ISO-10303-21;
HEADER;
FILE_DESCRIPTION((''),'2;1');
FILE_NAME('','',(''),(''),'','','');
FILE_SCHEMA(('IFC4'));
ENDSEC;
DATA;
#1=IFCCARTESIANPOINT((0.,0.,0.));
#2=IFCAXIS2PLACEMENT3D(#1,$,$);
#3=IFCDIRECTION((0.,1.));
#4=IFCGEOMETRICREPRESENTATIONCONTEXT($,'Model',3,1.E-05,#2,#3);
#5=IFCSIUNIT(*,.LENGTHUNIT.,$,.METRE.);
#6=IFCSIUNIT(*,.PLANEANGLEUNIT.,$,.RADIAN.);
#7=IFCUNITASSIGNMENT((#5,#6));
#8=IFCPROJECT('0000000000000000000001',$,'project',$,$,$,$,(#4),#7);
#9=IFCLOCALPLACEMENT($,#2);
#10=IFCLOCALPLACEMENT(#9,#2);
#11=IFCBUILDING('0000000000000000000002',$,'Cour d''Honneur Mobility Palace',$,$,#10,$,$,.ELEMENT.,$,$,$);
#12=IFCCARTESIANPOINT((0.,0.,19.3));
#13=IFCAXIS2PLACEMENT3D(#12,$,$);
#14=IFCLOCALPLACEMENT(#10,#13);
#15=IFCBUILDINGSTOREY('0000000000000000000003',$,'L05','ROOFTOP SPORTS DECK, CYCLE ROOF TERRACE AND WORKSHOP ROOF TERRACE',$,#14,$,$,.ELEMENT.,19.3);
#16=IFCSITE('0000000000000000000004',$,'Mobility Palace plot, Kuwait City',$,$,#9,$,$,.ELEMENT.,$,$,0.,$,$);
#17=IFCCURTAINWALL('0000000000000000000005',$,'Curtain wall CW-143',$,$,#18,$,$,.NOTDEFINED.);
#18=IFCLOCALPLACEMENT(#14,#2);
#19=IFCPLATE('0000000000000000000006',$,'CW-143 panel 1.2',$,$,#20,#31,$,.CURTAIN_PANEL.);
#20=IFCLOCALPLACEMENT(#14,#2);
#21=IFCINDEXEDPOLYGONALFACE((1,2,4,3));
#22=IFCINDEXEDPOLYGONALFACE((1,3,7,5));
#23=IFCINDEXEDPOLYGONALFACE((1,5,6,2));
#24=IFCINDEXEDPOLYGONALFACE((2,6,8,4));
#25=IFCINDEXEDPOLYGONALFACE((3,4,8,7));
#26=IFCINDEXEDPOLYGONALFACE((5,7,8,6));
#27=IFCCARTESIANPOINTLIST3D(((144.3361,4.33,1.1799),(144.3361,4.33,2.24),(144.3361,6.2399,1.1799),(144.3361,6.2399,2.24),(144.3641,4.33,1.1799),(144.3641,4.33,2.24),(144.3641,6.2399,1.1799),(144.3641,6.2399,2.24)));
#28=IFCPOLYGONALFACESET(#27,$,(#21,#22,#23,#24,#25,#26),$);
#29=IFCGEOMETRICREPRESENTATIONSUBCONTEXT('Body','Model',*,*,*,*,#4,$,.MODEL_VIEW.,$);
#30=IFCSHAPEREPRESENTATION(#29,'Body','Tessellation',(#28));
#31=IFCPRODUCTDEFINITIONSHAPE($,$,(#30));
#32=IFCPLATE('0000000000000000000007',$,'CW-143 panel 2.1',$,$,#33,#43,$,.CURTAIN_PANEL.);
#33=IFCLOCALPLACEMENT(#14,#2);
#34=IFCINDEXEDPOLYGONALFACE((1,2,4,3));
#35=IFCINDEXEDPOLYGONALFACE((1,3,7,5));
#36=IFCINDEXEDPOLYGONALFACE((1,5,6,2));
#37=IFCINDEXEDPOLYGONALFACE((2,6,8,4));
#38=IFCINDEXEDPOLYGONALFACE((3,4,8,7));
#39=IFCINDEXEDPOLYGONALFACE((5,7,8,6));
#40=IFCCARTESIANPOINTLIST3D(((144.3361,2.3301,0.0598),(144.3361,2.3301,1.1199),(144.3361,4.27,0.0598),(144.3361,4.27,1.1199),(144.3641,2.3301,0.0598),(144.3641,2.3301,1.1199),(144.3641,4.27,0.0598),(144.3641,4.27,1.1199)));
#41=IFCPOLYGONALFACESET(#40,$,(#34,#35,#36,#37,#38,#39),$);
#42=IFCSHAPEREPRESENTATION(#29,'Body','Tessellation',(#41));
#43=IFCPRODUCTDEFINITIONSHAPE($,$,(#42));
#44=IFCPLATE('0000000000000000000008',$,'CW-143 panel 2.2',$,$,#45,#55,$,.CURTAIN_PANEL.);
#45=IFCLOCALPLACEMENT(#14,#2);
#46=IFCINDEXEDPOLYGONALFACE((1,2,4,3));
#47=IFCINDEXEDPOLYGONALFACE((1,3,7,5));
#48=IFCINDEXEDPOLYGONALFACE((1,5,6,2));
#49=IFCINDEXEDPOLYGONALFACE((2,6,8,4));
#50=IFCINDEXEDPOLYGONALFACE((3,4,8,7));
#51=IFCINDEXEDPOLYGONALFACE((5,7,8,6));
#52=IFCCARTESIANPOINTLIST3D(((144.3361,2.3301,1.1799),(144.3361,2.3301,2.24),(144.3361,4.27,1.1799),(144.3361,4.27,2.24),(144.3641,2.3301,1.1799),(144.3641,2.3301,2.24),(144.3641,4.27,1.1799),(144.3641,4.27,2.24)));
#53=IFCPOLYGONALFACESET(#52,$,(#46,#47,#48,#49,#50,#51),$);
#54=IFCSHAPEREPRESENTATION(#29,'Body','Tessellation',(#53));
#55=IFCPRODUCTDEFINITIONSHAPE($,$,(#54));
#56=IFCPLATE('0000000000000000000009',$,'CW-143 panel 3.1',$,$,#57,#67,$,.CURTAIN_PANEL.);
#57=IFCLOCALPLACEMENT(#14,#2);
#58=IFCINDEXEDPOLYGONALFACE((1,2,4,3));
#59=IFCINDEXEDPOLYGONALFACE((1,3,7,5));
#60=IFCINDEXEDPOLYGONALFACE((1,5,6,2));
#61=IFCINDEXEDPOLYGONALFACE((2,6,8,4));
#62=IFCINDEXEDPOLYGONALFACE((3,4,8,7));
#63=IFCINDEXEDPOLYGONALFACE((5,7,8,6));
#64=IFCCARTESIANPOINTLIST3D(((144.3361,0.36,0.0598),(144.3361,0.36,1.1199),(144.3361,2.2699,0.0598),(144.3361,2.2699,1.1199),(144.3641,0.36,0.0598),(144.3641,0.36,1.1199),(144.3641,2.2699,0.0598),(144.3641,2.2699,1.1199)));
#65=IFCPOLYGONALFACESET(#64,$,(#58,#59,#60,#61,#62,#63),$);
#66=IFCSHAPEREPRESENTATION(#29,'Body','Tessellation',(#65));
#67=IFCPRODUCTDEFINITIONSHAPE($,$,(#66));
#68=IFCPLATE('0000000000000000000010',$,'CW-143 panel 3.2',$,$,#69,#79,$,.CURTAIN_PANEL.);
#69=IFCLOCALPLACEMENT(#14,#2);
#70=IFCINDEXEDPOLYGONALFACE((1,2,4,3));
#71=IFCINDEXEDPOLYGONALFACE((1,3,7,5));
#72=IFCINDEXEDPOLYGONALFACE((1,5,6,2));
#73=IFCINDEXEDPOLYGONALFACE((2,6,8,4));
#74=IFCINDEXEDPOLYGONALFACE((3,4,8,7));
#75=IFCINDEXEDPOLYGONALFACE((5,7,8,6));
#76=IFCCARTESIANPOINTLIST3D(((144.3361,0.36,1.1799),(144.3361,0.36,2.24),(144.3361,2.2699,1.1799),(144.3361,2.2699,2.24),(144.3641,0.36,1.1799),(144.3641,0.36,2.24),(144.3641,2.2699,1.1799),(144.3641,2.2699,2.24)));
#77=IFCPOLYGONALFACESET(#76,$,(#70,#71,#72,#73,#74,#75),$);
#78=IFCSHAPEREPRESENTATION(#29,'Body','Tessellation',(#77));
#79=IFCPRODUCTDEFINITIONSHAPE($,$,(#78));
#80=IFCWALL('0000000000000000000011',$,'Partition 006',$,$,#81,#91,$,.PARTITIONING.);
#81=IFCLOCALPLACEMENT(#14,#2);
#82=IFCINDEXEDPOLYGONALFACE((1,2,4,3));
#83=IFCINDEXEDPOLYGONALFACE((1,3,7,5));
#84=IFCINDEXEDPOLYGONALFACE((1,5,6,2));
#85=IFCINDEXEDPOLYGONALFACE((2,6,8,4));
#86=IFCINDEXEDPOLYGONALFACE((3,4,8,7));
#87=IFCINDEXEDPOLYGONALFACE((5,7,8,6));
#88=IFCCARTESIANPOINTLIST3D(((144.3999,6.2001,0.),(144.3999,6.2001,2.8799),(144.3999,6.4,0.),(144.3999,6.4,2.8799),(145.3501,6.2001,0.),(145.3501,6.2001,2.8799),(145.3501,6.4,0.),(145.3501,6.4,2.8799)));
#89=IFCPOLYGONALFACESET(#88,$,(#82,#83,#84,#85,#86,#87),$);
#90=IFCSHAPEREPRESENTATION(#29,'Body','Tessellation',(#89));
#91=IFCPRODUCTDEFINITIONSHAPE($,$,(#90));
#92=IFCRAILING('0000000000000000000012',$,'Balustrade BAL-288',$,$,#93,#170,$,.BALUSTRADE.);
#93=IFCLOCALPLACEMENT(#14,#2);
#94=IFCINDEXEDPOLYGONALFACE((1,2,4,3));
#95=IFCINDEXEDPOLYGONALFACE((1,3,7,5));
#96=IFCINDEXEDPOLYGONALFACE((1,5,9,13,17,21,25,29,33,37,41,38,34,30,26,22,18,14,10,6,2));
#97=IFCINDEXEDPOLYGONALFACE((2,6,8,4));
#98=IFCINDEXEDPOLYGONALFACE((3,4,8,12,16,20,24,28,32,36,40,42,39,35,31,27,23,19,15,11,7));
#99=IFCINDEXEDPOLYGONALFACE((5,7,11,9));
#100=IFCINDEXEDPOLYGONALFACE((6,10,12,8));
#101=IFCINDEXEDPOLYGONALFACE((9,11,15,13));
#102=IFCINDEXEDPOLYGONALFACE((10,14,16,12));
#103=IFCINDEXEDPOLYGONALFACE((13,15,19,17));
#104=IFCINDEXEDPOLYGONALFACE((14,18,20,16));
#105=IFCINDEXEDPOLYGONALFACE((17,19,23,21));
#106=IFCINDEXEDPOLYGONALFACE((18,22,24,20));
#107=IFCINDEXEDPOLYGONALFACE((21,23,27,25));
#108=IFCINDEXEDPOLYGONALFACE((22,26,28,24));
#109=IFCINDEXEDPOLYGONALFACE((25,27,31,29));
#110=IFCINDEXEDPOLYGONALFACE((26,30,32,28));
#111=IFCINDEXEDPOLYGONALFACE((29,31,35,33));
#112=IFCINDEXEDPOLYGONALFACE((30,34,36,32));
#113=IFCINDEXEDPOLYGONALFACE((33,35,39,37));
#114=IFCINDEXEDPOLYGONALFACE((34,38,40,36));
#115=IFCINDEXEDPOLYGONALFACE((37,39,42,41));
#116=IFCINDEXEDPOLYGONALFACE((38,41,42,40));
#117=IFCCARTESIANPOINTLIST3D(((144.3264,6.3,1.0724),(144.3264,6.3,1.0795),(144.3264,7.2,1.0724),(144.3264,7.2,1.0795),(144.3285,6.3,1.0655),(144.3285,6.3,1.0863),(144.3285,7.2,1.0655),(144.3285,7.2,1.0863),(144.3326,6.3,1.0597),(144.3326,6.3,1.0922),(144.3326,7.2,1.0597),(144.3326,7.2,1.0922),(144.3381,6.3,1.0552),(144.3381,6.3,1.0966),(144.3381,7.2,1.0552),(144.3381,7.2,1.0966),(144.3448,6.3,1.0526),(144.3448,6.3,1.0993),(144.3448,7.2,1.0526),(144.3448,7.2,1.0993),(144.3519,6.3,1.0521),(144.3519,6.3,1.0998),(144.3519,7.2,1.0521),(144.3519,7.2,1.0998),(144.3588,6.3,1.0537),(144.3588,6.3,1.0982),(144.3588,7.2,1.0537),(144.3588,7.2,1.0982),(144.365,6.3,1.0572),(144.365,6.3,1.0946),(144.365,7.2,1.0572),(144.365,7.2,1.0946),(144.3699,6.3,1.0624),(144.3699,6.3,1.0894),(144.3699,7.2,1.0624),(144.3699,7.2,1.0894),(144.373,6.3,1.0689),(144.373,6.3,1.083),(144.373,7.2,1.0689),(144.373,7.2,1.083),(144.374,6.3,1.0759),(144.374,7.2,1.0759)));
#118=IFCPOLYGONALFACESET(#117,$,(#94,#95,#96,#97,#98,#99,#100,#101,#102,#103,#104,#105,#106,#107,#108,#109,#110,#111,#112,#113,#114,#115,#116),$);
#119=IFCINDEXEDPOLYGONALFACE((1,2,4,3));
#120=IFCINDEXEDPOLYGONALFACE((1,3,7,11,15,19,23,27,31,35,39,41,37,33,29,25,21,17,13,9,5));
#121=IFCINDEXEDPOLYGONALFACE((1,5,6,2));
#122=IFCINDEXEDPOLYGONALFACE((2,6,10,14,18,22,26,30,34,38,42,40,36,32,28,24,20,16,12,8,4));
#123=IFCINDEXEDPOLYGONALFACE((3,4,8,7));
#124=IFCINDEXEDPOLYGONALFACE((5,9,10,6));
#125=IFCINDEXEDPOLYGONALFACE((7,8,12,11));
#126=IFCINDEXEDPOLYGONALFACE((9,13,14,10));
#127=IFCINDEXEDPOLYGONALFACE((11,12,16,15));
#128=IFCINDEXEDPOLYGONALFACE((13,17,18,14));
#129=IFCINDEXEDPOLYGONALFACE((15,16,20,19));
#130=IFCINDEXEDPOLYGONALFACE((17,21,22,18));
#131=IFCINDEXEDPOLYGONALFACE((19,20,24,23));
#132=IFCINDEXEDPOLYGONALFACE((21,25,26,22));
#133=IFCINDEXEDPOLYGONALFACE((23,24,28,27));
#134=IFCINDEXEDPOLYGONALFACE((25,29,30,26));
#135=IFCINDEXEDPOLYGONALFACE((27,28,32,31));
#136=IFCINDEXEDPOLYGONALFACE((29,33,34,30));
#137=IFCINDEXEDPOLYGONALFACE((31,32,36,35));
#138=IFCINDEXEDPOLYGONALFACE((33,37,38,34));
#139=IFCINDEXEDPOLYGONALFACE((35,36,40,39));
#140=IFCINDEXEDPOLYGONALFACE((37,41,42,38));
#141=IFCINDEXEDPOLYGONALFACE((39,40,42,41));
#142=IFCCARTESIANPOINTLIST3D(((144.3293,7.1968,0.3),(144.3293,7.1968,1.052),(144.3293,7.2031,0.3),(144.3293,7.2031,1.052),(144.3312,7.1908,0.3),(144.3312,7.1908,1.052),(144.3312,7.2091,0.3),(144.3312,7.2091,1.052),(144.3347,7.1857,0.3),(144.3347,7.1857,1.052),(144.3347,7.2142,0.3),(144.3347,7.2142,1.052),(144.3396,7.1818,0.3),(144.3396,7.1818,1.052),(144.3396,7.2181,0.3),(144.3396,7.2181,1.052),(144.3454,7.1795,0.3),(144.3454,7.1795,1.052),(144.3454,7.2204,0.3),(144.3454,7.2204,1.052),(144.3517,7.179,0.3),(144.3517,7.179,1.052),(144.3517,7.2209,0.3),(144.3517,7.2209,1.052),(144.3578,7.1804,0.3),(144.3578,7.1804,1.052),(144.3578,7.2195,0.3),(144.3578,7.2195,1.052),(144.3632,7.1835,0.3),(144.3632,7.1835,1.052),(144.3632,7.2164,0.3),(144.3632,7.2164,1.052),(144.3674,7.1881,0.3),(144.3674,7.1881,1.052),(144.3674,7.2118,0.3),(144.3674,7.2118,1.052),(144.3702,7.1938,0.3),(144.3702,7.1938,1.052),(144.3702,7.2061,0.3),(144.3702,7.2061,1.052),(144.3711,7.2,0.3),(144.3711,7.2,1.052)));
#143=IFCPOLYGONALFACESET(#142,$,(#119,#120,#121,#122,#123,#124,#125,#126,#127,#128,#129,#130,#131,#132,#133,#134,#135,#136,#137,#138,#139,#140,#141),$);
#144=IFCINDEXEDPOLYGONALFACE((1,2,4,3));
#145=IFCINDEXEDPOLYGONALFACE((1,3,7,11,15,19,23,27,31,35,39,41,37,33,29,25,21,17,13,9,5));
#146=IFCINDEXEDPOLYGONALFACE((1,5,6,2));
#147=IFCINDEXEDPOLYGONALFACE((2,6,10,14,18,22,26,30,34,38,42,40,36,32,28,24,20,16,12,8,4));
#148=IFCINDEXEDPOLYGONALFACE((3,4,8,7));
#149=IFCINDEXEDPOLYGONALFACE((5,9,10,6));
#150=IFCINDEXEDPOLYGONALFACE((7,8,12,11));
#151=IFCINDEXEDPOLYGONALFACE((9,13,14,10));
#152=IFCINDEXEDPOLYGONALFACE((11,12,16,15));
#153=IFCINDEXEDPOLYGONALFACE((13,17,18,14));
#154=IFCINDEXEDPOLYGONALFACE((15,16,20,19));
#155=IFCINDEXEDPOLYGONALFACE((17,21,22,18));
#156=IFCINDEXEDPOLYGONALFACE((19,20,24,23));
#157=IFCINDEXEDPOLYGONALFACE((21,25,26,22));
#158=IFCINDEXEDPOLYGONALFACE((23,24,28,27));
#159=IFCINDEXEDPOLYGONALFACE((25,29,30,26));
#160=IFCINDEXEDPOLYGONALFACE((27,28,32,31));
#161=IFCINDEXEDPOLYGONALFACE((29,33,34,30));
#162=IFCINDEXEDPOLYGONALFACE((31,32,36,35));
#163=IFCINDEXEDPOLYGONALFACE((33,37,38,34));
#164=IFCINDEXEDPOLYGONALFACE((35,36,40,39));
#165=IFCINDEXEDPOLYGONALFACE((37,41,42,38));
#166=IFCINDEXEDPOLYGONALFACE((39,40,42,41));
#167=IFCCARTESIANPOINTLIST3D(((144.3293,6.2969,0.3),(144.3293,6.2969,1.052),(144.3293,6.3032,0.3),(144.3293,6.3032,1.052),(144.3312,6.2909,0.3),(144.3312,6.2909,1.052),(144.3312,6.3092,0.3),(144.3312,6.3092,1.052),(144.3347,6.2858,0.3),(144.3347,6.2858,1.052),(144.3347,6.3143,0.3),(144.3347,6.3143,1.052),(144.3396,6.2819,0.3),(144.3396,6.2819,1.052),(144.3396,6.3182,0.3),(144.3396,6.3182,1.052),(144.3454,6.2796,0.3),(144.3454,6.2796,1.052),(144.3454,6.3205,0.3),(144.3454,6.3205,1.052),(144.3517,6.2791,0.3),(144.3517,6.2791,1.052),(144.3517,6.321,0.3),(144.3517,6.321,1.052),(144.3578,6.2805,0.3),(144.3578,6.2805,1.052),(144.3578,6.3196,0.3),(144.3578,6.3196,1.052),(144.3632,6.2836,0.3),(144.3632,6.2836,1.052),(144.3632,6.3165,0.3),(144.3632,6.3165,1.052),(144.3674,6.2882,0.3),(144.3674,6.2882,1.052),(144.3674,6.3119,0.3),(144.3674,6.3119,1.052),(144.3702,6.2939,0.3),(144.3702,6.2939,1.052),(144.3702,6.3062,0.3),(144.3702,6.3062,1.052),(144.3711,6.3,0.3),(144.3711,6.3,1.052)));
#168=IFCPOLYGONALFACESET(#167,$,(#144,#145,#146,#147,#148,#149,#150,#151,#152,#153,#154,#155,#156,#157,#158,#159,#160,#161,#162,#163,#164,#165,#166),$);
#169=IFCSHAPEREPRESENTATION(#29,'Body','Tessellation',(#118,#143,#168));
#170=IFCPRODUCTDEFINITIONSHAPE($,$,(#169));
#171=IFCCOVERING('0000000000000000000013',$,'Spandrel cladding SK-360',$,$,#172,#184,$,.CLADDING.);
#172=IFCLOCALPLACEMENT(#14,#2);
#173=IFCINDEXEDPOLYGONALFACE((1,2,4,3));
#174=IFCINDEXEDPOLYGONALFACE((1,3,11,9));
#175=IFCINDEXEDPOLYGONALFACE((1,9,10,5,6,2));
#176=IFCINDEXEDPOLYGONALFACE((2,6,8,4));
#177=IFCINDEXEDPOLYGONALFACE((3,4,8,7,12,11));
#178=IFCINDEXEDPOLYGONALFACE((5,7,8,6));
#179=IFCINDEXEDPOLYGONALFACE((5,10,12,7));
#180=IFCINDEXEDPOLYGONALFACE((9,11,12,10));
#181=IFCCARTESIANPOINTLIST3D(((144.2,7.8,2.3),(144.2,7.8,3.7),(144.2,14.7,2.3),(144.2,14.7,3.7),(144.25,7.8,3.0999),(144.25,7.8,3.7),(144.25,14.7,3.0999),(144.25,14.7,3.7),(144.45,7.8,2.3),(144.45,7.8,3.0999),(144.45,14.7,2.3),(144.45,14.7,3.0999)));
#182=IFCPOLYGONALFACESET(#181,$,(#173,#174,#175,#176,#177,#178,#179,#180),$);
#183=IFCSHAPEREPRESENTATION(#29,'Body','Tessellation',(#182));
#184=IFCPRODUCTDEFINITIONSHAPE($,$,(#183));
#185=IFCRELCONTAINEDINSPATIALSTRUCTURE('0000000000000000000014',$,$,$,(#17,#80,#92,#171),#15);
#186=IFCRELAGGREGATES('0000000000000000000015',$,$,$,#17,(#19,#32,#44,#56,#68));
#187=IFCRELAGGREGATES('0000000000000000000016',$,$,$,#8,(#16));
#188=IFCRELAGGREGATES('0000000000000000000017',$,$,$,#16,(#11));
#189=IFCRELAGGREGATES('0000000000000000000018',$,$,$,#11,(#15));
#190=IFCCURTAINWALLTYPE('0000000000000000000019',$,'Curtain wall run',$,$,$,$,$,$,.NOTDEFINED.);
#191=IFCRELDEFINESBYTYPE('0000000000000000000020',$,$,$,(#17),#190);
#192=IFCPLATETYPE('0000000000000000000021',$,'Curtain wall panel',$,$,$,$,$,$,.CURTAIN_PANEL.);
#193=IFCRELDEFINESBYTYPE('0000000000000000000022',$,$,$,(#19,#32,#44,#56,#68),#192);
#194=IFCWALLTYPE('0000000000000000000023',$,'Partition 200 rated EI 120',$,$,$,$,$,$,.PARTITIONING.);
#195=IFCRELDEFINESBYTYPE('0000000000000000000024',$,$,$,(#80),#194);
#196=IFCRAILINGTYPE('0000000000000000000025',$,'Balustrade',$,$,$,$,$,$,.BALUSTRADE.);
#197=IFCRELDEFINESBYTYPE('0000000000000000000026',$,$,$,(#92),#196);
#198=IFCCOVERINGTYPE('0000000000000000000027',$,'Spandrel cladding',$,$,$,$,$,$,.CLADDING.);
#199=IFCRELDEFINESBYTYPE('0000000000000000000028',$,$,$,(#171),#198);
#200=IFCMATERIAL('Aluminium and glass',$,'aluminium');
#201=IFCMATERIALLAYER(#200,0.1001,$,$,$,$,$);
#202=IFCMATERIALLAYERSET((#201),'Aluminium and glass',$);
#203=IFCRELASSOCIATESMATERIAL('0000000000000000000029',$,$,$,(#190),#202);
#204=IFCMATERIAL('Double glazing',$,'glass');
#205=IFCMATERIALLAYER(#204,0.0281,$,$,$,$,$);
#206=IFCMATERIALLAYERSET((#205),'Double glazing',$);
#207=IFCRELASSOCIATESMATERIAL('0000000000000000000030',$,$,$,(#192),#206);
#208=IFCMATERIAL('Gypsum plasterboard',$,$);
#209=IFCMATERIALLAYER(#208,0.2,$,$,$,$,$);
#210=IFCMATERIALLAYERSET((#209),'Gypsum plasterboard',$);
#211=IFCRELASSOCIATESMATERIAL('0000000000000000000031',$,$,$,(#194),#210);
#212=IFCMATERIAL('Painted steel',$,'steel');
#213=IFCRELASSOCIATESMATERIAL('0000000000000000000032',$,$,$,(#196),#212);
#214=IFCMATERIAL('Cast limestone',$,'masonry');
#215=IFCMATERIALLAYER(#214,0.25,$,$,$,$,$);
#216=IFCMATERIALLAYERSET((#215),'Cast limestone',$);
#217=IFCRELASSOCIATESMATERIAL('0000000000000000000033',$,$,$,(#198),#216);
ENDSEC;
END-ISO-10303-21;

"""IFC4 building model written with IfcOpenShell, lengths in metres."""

from ifc_helpers import new_model, si_unit, direction, frame, frame_2d, origin, origin_2d, place, context, subcontext, project, spatial, polyline, rectangle, circle, outline, extrude, material, layer, layer_set, type_object, element, aggregate, save


model = new_model("IFC4")

# Units and contexts
model_context = context("Model", 3, precision=1e-05, world=origin(), true_north=direction((0.0, 1.0)))
body_context = subcontext(model_context, "Body", "Model", "MODEL_VIEW")
ifc_project = project(units=[si_unit("LENGTHUNIT", "METRE"), si_unit("PLANEANGLEUNIT", "RADIAN")], contexts=[model_context])

# Site, building, storey
site_placement = place(None, origin())
site = spatial("IfcSite", under=ifc_project, at=site_placement, Name="Mobility Palace plot, Kuwait City", CompositionType="ELEMENT", RefElevation=0.0)
building_placement = place(site_placement, origin())
building = spatial("IfcBuilding", under=site, at=building_placement, Name="Cour d'Honneur Mobility Palace", CompositionType="ELEMENT")
storey_placement = place(building_placement, frame((0.0, 0.0, 19.3)))
storey = spatial("IfcBuildingStorey", under=building, at=storey_placement, Name="L05", Description="ROOFTOP SPORTS DECK, CYCLE ROOF TERRACE AND WORKSHOP ROOF TERRACE", CompositionType="ELEMENT", Elevation=19.3)

# Curtain wall, plates
ifc_material_1 = material(Name="Aluminium and glass", Category="aluminium")
ifc_layer_1 = layer(ifc_material_1, 0.1001)
ifc_layer_set_1 = layer_set([ifc_layer_1], Name="Aluminium and glass")
curtain_wall_type = type_object("IfcCurtainWallType", Name="Curtain wall run", PredefinedType="NOTDEFINED", material=ifc_layer_set_1)
curtain_wall_placement = place(storey_placement, origin())
curtain_wall = element("IfcCurtainWall", 1, at=curtain_wall_placement, inside=storey, type_object=curtain_wall_type, Name="Curtain wall CW-143", PredefinedType="NOTDEFINED")
ifc_material_2 = material(Name="Double glazing", Category="glass")
ifc_layer_2 = layer(ifc_material_2, 0.0281)
ifc_layer_set_2 = layer_set([ifc_layer_2], Name="Double glazing")
plate_type = type_object("IfcPlateType", Name="Curtain wall panel", PredefinedType="CURTAIN_PANEL", material=ifc_layer_set_2)
plate_1_placement = place(storey_placement, frame((144.3501, 5.2849, 1.1799), z_axis=(0.0, 0.0, 1.0), x_axis=(0.0, -1.0, 0.0)))
plate_1 = element("IfcPlate", 2, at=plate_1_placement, type_object=plate_type, Name="CW-143 panel 1.2", PredefinedType="CURTAIN_PANEL", context=body_context, shape_type="SweptSolid", body=[
    extrude(rectangle(XDim=1.9099, YDim=0.0281, at=origin_2d()), origin(), (0.0, 0.0, 1.0), 1.0601),
])
plate_2_placement = place(storey_placement, frame((144.3501, 3.3, 0.0598), z_axis=(0.0, 0.0, 1.0), x_axis=(0.0, -1.0, 0.0)))
plate_2 = element("IfcPlate", 3, at=plate_2_placement, type_object=plate_type, Name="CW-143 panel 2.1", PredefinedType="CURTAIN_PANEL", context=body_context, shape_type="SweptSolid", body=[
    extrude(rectangle(XDim=1.9399, YDim=0.0281, at=origin_2d()), origin(), (0.0, 0.0, 1.0), 1.0601),
])
plate_3_placement = place(storey_placement, frame((144.3501, 3.3, 1.1799), z_axis=(0.0, 0.0, 1.0), x_axis=(0.0, -1.0, 0.0)))
plate_3 = element("IfcPlate", 4, at=plate_3_placement, type_object=plate_type, Name="CW-143 panel 2.2", PredefinedType="CURTAIN_PANEL", context=body_context, shape_type="SweptSolid", body=[
    extrude(rectangle(XDim=1.9399, YDim=0.0281, at=origin_2d()), origin(), (0.0, 0.0, 1.0), 1.0601),
])
plate_4_placement = place(storey_placement, frame((144.3501, 1.3149, 0.0598), z_axis=(0.0, 0.0, 1.0), x_axis=(0.0, -1.0, 0.0)))
plate_4 = element("IfcPlate", 5, at=plate_4_placement, type_object=plate_type, Name="CW-143 panel 3.1", PredefinedType="CURTAIN_PANEL", context=body_context, shape_type="SweptSolid", body=[
    extrude(rectangle(XDim=1.9099, YDim=0.0281, at=origin_2d()), origin(), (0.0, 0.0, 1.0), 1.0601),
])
plate_5_placement = place(storey_placement, frame((144.3501, 1.3149, 1.1799), z_axis=(0.0, 0.0, 1.0), x_axis=(0.0, -1.0, 0.0)))
plate_5 = element("IfcPlate", 6, at=plate_5_placement, type_object=plate_type, Name="CW-143 panel 3.2", PredefinedType="CURTAIN_PANEL", context=body_context, shape_type="SweptSolid", body=[
    extrude(rectangle(XDim=1.9099, YDim=0.0281, at=origin_2d()), origin(), (0.0, 0.0, 1.0), 1.0601),
])
aggregate(curtain_wall, [plate_1, plate_2, plate_3, plate_4, plate_5])

# Wall
ifc_material_3 = material(Name="Gypsum plasterboard")
ifc_layer_3 = layer(ifc_material_3, 0.2)
ifc_layer_set_3 = layer_set([ifc_layer_3], Name="Gypsum plasterboard")
wall_type = type_object("IfcWallType", Name="Partition 200 rated EI 120", PredefinedType="PARTITIONING", material=ifc_layer_set_3)
wall_placement = place(storey_placement, frame((144.3999, 6.3, 0.0), z_axis=(0.0, 0.0, 1.0), x_axis=(1.0, 0.0, 0.0)))
element("IfcWall", 7, at=wall_placement, inside=storey, type_object=wall_type, Name="Partition 006", PredefinedType="PARTITIONING", context=body_context, shape_type="SweptSolid", body=[
    extrude(rectangle(XDim=0.9502, YDim=0.2, at=frame_2d((0.4751, 0.0))), origin(), (0.0, 0.0, 1.0), 2.8799),
])

# Railing
ifc_material_4 = material(Name="Painted steel", Category="steel")
railing_type = type_object("IfcRailingType", Name="Balustrade", PredefinedType="BALUSTRADE", material=ifc_material_4)
railing_placement = place(storey_placement, frame((144.3501, 7.2, 0.3)))
element("IfcRailing", 8, at=railing_placement, inside=storey, type_object=railing_type, Name="Balustrade BAL-288", PredefinedType="BALUSTRADE", context=body_context, shape_type="SweptSolid", body=[
    extrude(circle(Radius=0.0239, at=origin_2d()), frame((0.0, 0.0, 0.7759), z_axis=(0.0, -1.0, 0.0), x_axis=(1.0, 0.0, 0.0)), (0.0, 0.0, 1.0), 0.8999),
    extrude(circle(Radius=0.021, at=origin_2d()), origin(), (0.0, 0.0, 1.0), 0.752),
    extrude(circle(Radius=0.021, at=origin_2d()), frame((0.0, -0.8999, 0.0)), (0.0, 0.0, 1.0), 0.752),
])

# Covering
ifc_material_5 = material(Name="Cast limestone", Category="masonry")
ifc_layer_4 = layer(ifc_material_5, 0.25)
ifc_layer_set_4 = layer_set([ifc_layer_4], Name="Cast limestone")
covering_type = type_object("IfcCoveringType", Name="Spandrel cladding", PredefinedType="CLADDING", material=ifc_layer_set_4)
covering_placement = place(storey_placement, frame((144.45, 14.7, 2.3), z_axis=(0.0, 1.0, 0.0), x_axis=(-1.0, 0.0, 0.0)))
element("IfcCovering", 9, at=covering_placement, inside=storey, type_object=covering_type, Name="Spandrel cladding SK-360", PredefinedType="CLADDING", context=body_context, shape_type="SweptSolid", body=[
    extrude(outline(polyline([(0.0, 0.0), (0.25, 0.0), (0.25, 1.3999), (0.2, 1.3999), (0.2, 0.7998), (0.0, 0.7998), (0.0, 0.0)])), origin(), (0.0, 0.0, -1.0), 6.8999),
])

save(model, "model.ifc")
